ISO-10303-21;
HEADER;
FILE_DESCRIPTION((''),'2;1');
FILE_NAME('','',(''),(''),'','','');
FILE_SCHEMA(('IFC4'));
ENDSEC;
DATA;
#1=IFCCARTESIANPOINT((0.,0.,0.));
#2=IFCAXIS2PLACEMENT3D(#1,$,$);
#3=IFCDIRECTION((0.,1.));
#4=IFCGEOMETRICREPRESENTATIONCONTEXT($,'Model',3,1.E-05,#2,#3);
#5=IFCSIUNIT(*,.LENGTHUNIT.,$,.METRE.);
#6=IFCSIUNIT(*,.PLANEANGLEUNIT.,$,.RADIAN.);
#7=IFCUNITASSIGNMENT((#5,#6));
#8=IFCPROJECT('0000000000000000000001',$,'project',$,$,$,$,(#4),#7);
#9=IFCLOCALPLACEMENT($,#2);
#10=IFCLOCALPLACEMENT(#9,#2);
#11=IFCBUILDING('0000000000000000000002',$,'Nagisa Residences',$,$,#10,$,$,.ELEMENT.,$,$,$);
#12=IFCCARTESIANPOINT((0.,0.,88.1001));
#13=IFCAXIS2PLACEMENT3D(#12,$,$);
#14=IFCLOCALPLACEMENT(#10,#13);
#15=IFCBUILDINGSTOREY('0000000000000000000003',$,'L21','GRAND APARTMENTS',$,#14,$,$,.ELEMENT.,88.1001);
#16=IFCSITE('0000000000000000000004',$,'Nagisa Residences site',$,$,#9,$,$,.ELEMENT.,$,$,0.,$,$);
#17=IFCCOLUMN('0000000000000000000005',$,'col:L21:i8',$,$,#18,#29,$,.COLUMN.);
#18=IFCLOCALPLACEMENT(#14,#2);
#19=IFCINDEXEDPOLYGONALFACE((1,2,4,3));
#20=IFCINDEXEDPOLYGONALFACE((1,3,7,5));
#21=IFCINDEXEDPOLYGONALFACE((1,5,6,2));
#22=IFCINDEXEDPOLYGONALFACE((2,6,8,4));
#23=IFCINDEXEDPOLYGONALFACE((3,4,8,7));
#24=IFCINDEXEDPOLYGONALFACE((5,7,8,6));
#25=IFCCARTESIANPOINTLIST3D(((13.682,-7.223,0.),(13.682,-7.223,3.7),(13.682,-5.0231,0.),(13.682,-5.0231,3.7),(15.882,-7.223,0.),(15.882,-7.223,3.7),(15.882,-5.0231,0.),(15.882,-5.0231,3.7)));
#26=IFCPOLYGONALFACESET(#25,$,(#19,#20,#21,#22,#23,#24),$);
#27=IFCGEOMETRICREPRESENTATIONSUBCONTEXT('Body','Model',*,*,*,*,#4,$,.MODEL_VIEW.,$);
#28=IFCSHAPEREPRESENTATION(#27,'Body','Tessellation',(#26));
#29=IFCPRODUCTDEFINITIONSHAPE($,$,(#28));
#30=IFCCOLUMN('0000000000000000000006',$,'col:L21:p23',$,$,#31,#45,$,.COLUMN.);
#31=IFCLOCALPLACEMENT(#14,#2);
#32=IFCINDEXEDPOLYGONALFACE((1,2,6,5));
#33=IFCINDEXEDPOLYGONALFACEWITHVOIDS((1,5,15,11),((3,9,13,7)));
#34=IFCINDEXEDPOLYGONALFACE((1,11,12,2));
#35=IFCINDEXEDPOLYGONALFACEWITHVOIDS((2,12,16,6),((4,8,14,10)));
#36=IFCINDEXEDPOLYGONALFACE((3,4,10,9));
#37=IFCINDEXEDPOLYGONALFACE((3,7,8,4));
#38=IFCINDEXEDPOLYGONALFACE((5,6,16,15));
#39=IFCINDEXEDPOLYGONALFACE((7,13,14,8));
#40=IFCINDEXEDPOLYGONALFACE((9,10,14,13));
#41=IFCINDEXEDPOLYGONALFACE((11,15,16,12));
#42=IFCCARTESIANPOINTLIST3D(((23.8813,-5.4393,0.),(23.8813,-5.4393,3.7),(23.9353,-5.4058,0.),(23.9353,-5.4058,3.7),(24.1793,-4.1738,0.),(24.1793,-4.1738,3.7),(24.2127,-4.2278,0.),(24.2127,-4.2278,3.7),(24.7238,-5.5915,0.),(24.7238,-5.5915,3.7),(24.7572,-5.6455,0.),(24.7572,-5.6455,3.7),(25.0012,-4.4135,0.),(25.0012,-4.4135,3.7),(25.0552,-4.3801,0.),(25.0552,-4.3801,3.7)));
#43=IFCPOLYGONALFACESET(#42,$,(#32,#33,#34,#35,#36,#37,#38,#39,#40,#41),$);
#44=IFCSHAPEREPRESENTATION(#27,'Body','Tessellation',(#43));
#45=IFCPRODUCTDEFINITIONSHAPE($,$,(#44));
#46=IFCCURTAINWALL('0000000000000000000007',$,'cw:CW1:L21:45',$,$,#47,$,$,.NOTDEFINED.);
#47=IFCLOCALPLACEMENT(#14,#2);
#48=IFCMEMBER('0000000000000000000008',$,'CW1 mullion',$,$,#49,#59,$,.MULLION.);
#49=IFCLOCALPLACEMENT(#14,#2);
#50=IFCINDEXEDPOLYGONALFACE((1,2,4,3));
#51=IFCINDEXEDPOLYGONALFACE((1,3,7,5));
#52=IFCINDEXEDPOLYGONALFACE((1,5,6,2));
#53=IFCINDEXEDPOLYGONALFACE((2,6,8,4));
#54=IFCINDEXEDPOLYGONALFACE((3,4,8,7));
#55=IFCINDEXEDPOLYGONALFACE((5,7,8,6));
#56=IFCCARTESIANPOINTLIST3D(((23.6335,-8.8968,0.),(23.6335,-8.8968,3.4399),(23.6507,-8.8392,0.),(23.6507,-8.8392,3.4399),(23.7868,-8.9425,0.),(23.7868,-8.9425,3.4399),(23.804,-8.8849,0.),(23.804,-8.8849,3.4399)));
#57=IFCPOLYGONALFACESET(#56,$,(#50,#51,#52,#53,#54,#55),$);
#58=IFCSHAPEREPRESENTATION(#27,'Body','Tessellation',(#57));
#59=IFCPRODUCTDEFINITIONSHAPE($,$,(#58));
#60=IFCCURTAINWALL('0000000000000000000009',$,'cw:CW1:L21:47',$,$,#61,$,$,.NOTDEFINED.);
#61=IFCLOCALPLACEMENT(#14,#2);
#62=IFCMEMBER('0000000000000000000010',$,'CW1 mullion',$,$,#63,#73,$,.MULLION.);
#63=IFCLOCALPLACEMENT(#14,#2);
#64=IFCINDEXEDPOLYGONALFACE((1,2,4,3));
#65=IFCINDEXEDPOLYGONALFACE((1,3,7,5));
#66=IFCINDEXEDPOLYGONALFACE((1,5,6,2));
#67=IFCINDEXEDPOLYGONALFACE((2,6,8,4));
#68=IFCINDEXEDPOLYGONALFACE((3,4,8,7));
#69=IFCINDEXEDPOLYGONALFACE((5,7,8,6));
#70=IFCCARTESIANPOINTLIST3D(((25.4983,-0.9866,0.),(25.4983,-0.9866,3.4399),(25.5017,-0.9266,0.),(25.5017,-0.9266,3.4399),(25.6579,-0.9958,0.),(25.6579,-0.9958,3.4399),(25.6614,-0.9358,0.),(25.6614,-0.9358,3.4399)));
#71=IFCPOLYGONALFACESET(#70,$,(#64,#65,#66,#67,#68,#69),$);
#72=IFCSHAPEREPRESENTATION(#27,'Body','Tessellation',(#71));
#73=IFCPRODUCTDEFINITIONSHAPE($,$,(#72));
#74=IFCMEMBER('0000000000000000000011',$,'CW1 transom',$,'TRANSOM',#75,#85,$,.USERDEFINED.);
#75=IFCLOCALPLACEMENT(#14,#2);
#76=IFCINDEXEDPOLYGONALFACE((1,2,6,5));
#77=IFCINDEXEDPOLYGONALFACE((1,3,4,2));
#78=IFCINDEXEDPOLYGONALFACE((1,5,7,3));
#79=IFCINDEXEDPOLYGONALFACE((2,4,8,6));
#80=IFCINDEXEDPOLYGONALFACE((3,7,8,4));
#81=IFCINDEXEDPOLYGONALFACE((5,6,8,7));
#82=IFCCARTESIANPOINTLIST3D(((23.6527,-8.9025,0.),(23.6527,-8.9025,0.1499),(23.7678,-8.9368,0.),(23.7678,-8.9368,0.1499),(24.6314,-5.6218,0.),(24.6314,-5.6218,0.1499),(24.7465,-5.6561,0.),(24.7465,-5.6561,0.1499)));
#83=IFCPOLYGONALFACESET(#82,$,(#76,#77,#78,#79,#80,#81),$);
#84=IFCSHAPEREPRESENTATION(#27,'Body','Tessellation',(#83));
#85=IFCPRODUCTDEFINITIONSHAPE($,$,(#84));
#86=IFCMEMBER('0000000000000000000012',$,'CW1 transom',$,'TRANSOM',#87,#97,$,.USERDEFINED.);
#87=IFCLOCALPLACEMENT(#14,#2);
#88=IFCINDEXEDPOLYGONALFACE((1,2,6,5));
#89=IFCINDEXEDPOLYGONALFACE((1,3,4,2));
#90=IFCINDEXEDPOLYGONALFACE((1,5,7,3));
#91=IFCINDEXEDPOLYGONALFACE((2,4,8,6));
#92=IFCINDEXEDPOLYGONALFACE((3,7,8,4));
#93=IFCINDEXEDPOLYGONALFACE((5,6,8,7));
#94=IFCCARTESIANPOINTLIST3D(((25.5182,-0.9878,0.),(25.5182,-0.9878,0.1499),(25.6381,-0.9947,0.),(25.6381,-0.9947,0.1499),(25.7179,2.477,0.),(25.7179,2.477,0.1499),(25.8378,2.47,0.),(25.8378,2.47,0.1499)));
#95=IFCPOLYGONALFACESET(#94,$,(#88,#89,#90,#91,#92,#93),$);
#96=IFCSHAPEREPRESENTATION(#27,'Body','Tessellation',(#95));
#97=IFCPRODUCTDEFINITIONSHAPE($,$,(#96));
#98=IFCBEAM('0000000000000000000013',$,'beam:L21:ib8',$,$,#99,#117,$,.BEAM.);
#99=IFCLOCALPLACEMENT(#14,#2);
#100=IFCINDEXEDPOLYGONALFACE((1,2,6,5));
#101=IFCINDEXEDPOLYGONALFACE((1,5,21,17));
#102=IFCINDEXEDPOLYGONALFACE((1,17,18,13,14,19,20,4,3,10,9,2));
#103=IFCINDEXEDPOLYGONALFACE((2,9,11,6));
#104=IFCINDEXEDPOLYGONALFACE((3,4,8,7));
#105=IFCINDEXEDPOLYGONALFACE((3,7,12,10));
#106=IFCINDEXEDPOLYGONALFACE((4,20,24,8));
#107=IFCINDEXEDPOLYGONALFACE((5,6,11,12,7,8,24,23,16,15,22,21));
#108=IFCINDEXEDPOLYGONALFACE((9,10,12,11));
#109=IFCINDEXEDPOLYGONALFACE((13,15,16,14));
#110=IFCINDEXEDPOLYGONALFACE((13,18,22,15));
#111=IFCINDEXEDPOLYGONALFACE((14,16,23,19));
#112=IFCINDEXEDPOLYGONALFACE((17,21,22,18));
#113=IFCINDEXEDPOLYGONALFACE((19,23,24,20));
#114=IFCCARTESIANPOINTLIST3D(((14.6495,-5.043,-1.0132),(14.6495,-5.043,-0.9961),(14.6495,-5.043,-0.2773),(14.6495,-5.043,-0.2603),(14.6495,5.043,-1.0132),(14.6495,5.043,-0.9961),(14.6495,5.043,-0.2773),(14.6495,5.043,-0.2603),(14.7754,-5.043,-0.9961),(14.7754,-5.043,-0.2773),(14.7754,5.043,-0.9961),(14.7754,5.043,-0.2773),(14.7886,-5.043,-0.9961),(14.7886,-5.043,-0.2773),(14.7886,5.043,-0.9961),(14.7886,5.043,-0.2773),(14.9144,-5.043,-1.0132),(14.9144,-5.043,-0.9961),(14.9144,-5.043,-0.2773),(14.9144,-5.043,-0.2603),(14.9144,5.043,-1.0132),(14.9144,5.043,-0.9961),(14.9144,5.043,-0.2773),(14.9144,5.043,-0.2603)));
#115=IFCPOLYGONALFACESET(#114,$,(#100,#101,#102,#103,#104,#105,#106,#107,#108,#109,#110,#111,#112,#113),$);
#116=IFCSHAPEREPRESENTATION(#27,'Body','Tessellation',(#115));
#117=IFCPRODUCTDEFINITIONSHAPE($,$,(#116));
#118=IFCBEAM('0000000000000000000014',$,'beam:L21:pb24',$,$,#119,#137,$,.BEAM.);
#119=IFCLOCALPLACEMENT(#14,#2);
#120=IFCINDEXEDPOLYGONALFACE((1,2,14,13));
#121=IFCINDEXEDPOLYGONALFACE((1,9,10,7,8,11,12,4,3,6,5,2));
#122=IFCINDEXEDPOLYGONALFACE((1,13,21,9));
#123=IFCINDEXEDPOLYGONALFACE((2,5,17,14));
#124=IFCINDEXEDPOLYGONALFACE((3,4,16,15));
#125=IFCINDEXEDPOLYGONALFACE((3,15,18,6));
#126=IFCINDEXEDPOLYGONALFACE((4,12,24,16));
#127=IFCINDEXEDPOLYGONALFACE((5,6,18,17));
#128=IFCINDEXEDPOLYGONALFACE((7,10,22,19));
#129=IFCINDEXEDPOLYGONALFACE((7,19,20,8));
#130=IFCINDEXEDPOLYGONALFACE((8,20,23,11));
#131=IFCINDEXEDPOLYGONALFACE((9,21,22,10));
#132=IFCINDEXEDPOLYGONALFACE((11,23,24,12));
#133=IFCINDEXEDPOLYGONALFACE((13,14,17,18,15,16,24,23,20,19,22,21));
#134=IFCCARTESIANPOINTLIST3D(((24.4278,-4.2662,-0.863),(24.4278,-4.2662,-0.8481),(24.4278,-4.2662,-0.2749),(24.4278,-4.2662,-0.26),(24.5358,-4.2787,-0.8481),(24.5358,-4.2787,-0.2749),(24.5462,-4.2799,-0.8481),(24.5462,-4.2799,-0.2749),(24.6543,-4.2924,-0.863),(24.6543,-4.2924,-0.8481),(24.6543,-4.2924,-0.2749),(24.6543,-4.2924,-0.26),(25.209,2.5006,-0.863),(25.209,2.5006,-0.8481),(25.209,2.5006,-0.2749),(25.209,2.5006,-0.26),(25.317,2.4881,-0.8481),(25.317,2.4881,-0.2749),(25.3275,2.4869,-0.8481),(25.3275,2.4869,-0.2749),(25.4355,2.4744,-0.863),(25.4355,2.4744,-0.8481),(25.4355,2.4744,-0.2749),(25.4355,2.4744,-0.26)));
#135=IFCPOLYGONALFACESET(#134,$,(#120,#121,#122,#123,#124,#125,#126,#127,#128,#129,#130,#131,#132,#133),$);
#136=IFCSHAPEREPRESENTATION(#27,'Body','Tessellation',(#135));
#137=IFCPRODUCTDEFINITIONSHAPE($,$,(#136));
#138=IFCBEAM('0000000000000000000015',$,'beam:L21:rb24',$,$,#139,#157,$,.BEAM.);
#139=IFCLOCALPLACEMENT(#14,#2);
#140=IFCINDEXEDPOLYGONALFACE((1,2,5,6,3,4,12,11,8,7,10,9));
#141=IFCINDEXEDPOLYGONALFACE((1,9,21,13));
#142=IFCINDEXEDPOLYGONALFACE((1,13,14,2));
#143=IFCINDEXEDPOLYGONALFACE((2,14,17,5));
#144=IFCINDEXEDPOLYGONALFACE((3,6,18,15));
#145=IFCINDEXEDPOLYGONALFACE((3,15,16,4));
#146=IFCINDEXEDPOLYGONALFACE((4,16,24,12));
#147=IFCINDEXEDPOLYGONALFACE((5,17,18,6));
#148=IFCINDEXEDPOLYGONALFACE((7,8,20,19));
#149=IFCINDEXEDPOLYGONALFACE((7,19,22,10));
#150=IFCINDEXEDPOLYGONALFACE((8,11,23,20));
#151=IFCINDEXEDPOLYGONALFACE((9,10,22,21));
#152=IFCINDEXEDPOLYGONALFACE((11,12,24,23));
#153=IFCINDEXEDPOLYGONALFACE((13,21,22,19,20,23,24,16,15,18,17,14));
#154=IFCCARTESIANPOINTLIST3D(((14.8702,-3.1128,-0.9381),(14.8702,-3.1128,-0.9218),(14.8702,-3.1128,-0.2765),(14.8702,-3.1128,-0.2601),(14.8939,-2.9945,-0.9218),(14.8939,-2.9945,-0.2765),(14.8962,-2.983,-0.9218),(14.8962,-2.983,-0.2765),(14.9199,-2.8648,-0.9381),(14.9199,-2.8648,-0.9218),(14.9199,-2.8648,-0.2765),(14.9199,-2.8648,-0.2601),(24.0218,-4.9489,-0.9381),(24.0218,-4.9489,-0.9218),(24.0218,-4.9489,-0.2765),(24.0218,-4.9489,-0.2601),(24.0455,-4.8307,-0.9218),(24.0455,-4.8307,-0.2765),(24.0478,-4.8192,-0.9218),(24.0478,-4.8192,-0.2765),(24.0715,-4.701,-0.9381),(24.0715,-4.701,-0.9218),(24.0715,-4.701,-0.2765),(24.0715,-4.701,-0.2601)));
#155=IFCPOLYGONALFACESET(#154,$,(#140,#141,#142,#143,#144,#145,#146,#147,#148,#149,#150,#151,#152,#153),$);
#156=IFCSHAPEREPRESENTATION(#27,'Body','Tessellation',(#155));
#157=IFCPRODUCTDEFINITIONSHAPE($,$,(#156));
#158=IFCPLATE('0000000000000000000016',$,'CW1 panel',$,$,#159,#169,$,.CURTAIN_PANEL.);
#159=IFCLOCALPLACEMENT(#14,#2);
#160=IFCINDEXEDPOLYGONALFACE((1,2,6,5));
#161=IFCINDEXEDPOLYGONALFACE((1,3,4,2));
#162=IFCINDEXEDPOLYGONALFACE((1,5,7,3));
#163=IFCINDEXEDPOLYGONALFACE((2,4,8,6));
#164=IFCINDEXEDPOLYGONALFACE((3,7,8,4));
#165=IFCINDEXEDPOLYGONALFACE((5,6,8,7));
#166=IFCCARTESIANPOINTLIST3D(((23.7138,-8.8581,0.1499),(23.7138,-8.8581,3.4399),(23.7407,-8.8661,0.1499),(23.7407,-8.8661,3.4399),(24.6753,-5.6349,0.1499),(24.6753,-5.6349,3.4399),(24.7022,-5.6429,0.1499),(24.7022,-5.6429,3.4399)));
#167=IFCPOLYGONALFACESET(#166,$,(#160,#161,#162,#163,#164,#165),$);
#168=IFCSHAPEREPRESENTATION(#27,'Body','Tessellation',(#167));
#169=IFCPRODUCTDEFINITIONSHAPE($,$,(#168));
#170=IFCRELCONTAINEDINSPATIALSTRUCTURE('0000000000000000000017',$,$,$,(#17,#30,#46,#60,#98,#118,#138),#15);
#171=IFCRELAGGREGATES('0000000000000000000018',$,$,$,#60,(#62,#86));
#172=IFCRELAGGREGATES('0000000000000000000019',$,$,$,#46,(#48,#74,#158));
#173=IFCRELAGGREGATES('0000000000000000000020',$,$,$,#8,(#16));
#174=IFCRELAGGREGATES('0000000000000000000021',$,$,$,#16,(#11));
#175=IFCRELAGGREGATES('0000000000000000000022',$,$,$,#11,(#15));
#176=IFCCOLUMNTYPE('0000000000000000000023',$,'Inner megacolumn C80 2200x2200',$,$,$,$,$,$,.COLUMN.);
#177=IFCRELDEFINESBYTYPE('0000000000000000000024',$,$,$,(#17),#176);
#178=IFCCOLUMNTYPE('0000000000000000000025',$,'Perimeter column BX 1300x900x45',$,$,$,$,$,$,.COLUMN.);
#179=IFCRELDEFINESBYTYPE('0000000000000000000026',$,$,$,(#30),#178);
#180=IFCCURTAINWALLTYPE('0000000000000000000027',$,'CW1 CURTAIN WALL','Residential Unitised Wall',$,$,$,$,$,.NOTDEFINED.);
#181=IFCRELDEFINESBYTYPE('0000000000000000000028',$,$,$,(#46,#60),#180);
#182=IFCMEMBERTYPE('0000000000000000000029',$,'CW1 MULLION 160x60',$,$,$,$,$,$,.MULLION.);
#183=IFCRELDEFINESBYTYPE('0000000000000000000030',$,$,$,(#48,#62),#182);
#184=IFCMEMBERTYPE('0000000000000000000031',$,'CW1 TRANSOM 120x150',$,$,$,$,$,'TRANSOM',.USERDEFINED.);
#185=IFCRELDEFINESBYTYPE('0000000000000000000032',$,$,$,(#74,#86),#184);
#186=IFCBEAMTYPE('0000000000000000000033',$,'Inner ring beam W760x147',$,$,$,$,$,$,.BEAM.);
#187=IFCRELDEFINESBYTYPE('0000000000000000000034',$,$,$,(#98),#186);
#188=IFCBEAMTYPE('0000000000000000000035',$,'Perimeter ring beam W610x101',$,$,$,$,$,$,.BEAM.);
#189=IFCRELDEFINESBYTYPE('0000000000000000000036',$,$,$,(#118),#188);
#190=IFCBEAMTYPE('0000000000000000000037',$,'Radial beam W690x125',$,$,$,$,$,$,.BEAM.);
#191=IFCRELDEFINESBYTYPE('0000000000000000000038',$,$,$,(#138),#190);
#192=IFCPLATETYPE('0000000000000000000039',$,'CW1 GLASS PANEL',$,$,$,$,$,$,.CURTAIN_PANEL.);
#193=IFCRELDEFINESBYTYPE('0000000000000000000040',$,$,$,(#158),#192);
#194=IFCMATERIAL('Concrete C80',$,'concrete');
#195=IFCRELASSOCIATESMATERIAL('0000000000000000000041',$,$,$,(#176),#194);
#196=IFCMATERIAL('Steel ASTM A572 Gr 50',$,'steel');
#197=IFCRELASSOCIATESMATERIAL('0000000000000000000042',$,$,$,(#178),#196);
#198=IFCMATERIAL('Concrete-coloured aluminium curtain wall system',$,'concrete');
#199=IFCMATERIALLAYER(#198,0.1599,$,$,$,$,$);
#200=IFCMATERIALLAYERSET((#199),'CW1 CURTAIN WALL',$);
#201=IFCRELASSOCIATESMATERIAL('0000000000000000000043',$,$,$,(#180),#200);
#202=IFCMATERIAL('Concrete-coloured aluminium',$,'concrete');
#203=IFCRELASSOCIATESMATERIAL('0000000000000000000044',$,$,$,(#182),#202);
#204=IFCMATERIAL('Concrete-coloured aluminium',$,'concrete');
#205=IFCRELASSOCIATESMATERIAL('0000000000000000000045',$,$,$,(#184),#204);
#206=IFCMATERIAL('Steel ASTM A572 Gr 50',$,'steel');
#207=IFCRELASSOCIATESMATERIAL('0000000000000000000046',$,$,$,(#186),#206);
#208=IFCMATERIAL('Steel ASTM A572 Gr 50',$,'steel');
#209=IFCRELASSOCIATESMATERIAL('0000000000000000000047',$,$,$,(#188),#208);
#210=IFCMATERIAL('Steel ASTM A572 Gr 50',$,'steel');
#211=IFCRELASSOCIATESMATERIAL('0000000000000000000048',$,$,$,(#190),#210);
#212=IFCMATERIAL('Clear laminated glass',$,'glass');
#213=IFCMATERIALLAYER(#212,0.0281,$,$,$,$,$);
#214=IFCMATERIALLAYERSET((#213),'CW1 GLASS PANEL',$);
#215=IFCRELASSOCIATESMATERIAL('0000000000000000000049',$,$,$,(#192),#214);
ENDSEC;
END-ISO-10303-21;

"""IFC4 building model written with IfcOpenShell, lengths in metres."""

from ifc_helpers import new_model, si_unit, direction, frame, origin, origin_2d, place, context, subcontext, project, spatial, rectangle, hollow_rectangle, i_section, extrude, material, layer, layer_set, material_profile, profile_set, type_object, element, aggregate, save


model = new_model("IFC4")

# Units and contexts
model_context = context("Model", 3, precision=1e-05, world=origin(), true_north=direction((0.0, 1.0)))
body_context = subcontext(model_context, "Body", "Model", "MODEL_VIEW")
ifc_project = project(units=[si_unit("LENGTHUNIT", "METRE"), si_unit("PLANEANGLEUNIT", "RADIAN")], contexts=[model_context])

# Site, building, storey
site_placement = place(None, origin())
site = spatial("IfcSite", under=ifc_project, at=site_placement, Name="Nagisa Residences site", CompositionType="ELEMENT", RefElevation=0.0)
building_placement = place(site_placement, origin())
building = spatial("IfcBuilding", under=site, at=building_placement, Name="Nagisa Residences", CompositionType="ELEMENT")
storey_placement = place(building_placement, frame((0.0, 0.0, 88.1001)))
storey = spatial("IfcBuildingStorey", under=building, at=storey_placement, Name="L21", Description="GRAND APARTMENTS", CompositionType="ELEMENT", Elevation=88.1001)

# Columns
ifc_material_1 = material(Name="Concrete C80", Category="concrete")
ifc_material_profile_1 = material_profile(ifc_material_1, rectangle(XDim=2.2, YDim=2.2, at=origin_2d()), Name="C80 2200x2200")
ifc_profile_set_1 = profile_set([ifc_material_profile_1], Name="Concrete C80")
column_type_1 = type_object("IfcColumnType", Name="Inner megacolumn C80 2200x2200", PredefinedType="COLUMN", material=ifc_profile_set_1)
column_1_placement = place(storey_placement, frame((14.782, -6.123, 0.0), z_axis=(0.0, 0.0, 1.0), x_axis=(1.0, 0.0, 0.0)))
element("IfcColumn", 1, at=column_1_placement, inside=storey, type_object=column_type_1, Name="col:L21:i8", PredefinedType="COLUMN", context=body_context, shape_type="SweptSolid", body=[
    extrude(rectangle(XDim=2.2, YDim=2.2, at=origin_2d()), origin(), (0.0, 0.0, 1.0), 3.7),
])
ifc_material_2 = material(Name="Steel ASTM A572 Gr 50", Category="steel")
ifc_material_profile_2 = material_profile(ifc_material_2, hollow_rectangle(XDim=1.3, YDim=0.8999, WallThickness=0.0449, at=origin_2d()), Name="BX 1300x900x45")
ifc_profile_set_2 = profile_set([ifc_material_profile_2], Name="Steel ASTM A572 Gr 50")
column_type_2 = type_object("IfcColumnType", Name="Perimeter column BX 1300x900x45", PredefinedType="COLUMN", material=ifc_profile_set_2)
column_2_placement = place(storey_placement, frame((24.4683, -4.9097, 0.0), z_axis=(0.0, 0.0, 1.0), x_axis=(0.229202, 0.973379, 0.0)))
element("IfcColumn", 2, at=column_2_placement, inside=storey, type_object=column_type_2, Name="col:L21:p23", PredefinedType="COLUMN", context=body_context, shape_type="SweptSolid", body=[
    extrude(hollow_rectangle(XDim=1.3, YDim=0.8999, WallThickness=0.0449, at=origin_2d()), origin(), (0.0, 0.0, 1.0), 3.7),
])

# Curtain walls, members
ifc_material_3 = material(Name="Concrete-coloured aluminium curtain wall system", Category="concrete")
ifc_layer_1 = layer(ifc_material_3, 0.1599)
ifc_layer_set_1 = layer_set([ifc_layer_1], Name="CW1 CURTAIN WALL")
curtain_wall_type = type_object("IfcCurtainWallType", Name="CW1 CURTAIN WALL", Description="Residential Unitised Wall", PredefinedType="NOTDEFINED", material=ifc_layer_set_1)
curtain_wall_1_placement = place(storey_placement, origin())
curtain_wall_1 = element("IfcCurtainWall", 3, at=curtain_wall_1_placement, inside=storey, type_object=curtain_wall_type, Name="cw:CW1:L21:45", PredefinedType="NOTDEFINED")
ifc_material_4 = material(Name="Concrete-coloured aluminium", Category="concrete")
ifc_material_profile_3 = material_profile(ifc_material_4, rectangle(XDim=0.1599, YDim=0.0601, at=origin_2d()), Name="CW1 MULLION 160x60")
ifc_profile_set_3 = profile_set([ifc_material_profile_3], Name="Concrete-coloured aluminium")
member_type_1 = type_object("IfcMemberType", Name="CW1 MULLION 160x60", PredefinedType="MULLION", material=ifc_profile_set_3)
member_1_placement = place(storey_placement, frame((23.7188, -8.8909, 0.0), z_axis=(0.0, 0.0, 1.0), x_axis=(-0.958271, 0.28586, 0.0)))
member_1 = element("IfcMember", 4, at=member_1_placement, type_object=member_type_1, Name="CW1 mullion", PredefinedType="MULLION", context=body_context, shape_type="SweptSolid", body=[
    extrude(rectangle(XDim=0.1599, YDim=0.0601, at=origin_2d()), origin(), (0.0, 0.0, 1.0), 3.4399),
])
curtain_wall_2_placement = place(storey_placement, origin())
curtain_wall_2 = element("IfcCurtainWall", 5, at=curtain_wall_2_placement, inside=storey, type_object=curtain_wall_type, Name="cw:CW1:L21:47", PredefinedType="NOTDEFINED")
member_2_placement = place(storey_placement, frame((25.5798, -0.9612, 0.0), z_axis=(0.0, 0.0, 1.0), x_axis=(-0.998345, 0.057503, 0.0)))
member_2 = element("IfcMember", 6, at=member_2_placement, type_object=member_type_1, Name="CW1 mullion", PredefinedType="MULLION", context=body_context, shape_type="SweptSolid", body=[
    extrude(rectangle(XDim=0.1599, YDim=0.0601, at=origin_2d()), origin(), (0.0, 0.0, 1.0), 3.4399),
])

# Members
ifc_material_5 = material(Name="Concrete-coloured aluminium", Category="concrete")
ifc_material_profile_4 = material_profile(ifc_material_5, rectangle(XDim=0.1201, YDim=0.1499, at=origin_2d()), Name="CW1 TRANSOM 120x150")
ifc_profile_set_4 = profile_set([ifc_material_profile_4], Name="Concrete-coloured aluminium")
member_type_2 = type_object("IfcMemberType", Name="CW1 TRANSOM 120x150", ElementType="TRANSOM", PredefinedType="USERDEFINED", material=ifc_profile_set_4)
member_3_placement = place(storey_placement, frame((23.7102, -8.9197, 0.075), z_axis=(0.285882, 0.958265, 0.0), x_axis=(-0.958265, 0.285882, 0.0)))
member_3 = element("IfcMember", 7, at=member_3_placement, type_object=member_type_2, Name="CW1 transom", ObjectType="TRANSOM", PredefinedType="USERDEFINED", context=body_context, shape_type="SweptSolid", body=[
    extrude(rectangle(XDim=0.1201, YDim=0.1499, at=origin_2d()), origin(), (0.0, 0.0, 1.0), 3.4236),
])
member_4_placement = place(storey_placement, frame((25.5781, -0.9912, 0.075), z_axis=(0.057547, 0.998343, 0.0), x_axis=(-0.998343, 0.057547, 0.0)))
member_4 = element("IfcMember", 8, at=member_4_placement, type_object=member_type_2, Name="CW1 transom", ObjectType="TRANSOM", PredefinedType="USERDEFINED", context=body_context, shape_type="SweptSolid", body=[
    extrude(rectangle(XDim=0.1201, YDim=0.1499, at=origin_2d()), origin(), (0.0, 0.0, 1.0), 3.4705),
])
aggregate(curtain_wall_2, [member_2, member_4])

# Beams
ifc_material_6 = material(Name="Steel ASTM A572 Gr 50", Category="steel")
ifc_material_profile_5 = material_profile(ifc_material_6, i_section(OverallWidth=0.2649, OverallDepth=0.7529, WebThickness=0.0132, FlangeThickness=0.0171, at=origin_2d()), Name="W760x147")
ifc_profile_set_5 = profile_set([ifc_material_profile_5], Name="Steel ASTM A572 Gr 50")
beam_type_1 = type_object("IfcBeamType", Name="Inner ring beam W760x147", PredefinedType="BEAM", material=ifc_profile_set_5)
beam_1_placement = place(storey_placement, frame((14.782, -5.043, -0.6367), z_axis=(0.0, 1.0, 0.0), x_axis=(-1.0, 0.0, 0.0)))
element("IfcBeam", 9, at=beam_1_placement, inside=storey, type_object=beam_type_1, Name="beam:L21:ib8", PredefinedType="BEAM", context=body_context, shape_type="SweptSolid", body=[
    extrude(i_section(OverallWidth=0.2649, OverallDepth=0.7529, WebThickness=0.0132, FlangeThickness=0.0171, at=origin_2d()), origin(), (0.0, 0.0, 1.0), 10.0859),
])
ifc_material_7 = material(Name="Steel ASTM A572 Gr 50", Category="steel")
ifc_material_profile_6 = material_profile(ifc_material_7, i_section(OverallWidth=0.228, OverallDepth=0.603, WebThickness=0.0105, FlangeThickness=0.0149, at=origin_2d()), Name="W610x101")
ifc_profile_set_6 = profile_set([ifc_material_profile_6], Name="Steel ASTM A572 Gr 50")
beam_type_2 = type_object("IfcBeamType", Name="Perimeter ring beam W610x101", PredefinedType="BEAM", material=ifc_profile_set_6)
beam_2_placement = place(storey_placement, frame((24.541, -4.2793, -0.5615), z_axis=(0.114691, 0.993401, 0.0), x_axis=(-0.993401, 0.114691, 0.0)))
element("IfcBeam", 10, at=beam_2_placement, inside=storey, type_object=beam_type_2, Name="beam:L21:pb24", PredefinedType="BEAM", context=body_context, shape_type="SweptSolid", body=[
    extrude(i_section(OverallWidth=0.228, OverallDepth=0.603, WebThickness=0.0105, FlangeThickness=0.0149, at=origin_2d()), origin(), (0.0, 0.0, 1.0), 6.8118),
])
ifc_material_8 = material(Name="Steel ASTM A572 Gr 50", Category="steel")
ifc_material_profile_7 = material_profile(ifc_material_8, i_section(OverallWidth=0.2529, OverallDepth=0.678, WebThickness=0.0117, FlangeThickness=0.0164, at=origin_2d()), Name="W690x125")
ifc_profile_set_7 = profile_set([ifc_material_profile_7], Name="Steel ASTM A572 Gr 50")
beam_type_3 = type_object("IfcBeamType", Name="Radial beam W690x125", PredefinedType="BEAM", material=ifc_profile_set_7)
beam_3_placement = place(storey_placement, frame((24.0466, -4.825, -0.5991), z_axis=(-0.98046, 0.19672, 0.0), x_axis=(-0.19672, -0.98046, 0.0)))
element("IfcBeam", 11, at=beam_3_placement, inside=storey, type_object=beam_type_3, Name="beam:L21:rb24", PredefinedType="BEAM", context=body_context, shape_type="SweptSolid", body=[
    extrude(i_section(OverallWidth=0.2529, OverallDepth=0.678, WebThickness=0.0117, FlangeThickness=0.0164, at=origin_2d()), origin(), (0.0, 0.0, 1.0), 9.334),
])

# Plate
ifc_material_9 = material(Name="Clear laminated glass", Category="glass")
ifc_layer_2 = layer(ifc_material_9, 0.0281)
ifc_layer_set_2 = layer_set([ifc_layer_2], Name="CW1 GLASS PANEL")
plate_type = type_object("IfcPlateType", Name="CW1 GLASS PANEL", PredefinedType="CURTAIN_PANEL", material=ifc_layer_set_2)
plate_placement = place(storey_placement, frame((24.208, -7.2505, 0.1499), z_axis=(0.0, 0.0, 1.0), x_axis=(0.28586, 0.958271, 0.0)))
plate = element("IfcPlate", 12, at=plate_placement, type_object=plate_type, Name="CW1 panel", PredefinedType="CURTAIN_PANEL", context=body_context, shape_type="SweptSolid", body=[
    extrude(rectangle(XDim=3.3635, YDim=0.0281, at=origin_2d()), origin(), (0.0, 0.0, 1.0), 3.29),
])
aggregate(curtain_wall_1, [member_1, member_3, plate])

save(model, "model.ifc")
